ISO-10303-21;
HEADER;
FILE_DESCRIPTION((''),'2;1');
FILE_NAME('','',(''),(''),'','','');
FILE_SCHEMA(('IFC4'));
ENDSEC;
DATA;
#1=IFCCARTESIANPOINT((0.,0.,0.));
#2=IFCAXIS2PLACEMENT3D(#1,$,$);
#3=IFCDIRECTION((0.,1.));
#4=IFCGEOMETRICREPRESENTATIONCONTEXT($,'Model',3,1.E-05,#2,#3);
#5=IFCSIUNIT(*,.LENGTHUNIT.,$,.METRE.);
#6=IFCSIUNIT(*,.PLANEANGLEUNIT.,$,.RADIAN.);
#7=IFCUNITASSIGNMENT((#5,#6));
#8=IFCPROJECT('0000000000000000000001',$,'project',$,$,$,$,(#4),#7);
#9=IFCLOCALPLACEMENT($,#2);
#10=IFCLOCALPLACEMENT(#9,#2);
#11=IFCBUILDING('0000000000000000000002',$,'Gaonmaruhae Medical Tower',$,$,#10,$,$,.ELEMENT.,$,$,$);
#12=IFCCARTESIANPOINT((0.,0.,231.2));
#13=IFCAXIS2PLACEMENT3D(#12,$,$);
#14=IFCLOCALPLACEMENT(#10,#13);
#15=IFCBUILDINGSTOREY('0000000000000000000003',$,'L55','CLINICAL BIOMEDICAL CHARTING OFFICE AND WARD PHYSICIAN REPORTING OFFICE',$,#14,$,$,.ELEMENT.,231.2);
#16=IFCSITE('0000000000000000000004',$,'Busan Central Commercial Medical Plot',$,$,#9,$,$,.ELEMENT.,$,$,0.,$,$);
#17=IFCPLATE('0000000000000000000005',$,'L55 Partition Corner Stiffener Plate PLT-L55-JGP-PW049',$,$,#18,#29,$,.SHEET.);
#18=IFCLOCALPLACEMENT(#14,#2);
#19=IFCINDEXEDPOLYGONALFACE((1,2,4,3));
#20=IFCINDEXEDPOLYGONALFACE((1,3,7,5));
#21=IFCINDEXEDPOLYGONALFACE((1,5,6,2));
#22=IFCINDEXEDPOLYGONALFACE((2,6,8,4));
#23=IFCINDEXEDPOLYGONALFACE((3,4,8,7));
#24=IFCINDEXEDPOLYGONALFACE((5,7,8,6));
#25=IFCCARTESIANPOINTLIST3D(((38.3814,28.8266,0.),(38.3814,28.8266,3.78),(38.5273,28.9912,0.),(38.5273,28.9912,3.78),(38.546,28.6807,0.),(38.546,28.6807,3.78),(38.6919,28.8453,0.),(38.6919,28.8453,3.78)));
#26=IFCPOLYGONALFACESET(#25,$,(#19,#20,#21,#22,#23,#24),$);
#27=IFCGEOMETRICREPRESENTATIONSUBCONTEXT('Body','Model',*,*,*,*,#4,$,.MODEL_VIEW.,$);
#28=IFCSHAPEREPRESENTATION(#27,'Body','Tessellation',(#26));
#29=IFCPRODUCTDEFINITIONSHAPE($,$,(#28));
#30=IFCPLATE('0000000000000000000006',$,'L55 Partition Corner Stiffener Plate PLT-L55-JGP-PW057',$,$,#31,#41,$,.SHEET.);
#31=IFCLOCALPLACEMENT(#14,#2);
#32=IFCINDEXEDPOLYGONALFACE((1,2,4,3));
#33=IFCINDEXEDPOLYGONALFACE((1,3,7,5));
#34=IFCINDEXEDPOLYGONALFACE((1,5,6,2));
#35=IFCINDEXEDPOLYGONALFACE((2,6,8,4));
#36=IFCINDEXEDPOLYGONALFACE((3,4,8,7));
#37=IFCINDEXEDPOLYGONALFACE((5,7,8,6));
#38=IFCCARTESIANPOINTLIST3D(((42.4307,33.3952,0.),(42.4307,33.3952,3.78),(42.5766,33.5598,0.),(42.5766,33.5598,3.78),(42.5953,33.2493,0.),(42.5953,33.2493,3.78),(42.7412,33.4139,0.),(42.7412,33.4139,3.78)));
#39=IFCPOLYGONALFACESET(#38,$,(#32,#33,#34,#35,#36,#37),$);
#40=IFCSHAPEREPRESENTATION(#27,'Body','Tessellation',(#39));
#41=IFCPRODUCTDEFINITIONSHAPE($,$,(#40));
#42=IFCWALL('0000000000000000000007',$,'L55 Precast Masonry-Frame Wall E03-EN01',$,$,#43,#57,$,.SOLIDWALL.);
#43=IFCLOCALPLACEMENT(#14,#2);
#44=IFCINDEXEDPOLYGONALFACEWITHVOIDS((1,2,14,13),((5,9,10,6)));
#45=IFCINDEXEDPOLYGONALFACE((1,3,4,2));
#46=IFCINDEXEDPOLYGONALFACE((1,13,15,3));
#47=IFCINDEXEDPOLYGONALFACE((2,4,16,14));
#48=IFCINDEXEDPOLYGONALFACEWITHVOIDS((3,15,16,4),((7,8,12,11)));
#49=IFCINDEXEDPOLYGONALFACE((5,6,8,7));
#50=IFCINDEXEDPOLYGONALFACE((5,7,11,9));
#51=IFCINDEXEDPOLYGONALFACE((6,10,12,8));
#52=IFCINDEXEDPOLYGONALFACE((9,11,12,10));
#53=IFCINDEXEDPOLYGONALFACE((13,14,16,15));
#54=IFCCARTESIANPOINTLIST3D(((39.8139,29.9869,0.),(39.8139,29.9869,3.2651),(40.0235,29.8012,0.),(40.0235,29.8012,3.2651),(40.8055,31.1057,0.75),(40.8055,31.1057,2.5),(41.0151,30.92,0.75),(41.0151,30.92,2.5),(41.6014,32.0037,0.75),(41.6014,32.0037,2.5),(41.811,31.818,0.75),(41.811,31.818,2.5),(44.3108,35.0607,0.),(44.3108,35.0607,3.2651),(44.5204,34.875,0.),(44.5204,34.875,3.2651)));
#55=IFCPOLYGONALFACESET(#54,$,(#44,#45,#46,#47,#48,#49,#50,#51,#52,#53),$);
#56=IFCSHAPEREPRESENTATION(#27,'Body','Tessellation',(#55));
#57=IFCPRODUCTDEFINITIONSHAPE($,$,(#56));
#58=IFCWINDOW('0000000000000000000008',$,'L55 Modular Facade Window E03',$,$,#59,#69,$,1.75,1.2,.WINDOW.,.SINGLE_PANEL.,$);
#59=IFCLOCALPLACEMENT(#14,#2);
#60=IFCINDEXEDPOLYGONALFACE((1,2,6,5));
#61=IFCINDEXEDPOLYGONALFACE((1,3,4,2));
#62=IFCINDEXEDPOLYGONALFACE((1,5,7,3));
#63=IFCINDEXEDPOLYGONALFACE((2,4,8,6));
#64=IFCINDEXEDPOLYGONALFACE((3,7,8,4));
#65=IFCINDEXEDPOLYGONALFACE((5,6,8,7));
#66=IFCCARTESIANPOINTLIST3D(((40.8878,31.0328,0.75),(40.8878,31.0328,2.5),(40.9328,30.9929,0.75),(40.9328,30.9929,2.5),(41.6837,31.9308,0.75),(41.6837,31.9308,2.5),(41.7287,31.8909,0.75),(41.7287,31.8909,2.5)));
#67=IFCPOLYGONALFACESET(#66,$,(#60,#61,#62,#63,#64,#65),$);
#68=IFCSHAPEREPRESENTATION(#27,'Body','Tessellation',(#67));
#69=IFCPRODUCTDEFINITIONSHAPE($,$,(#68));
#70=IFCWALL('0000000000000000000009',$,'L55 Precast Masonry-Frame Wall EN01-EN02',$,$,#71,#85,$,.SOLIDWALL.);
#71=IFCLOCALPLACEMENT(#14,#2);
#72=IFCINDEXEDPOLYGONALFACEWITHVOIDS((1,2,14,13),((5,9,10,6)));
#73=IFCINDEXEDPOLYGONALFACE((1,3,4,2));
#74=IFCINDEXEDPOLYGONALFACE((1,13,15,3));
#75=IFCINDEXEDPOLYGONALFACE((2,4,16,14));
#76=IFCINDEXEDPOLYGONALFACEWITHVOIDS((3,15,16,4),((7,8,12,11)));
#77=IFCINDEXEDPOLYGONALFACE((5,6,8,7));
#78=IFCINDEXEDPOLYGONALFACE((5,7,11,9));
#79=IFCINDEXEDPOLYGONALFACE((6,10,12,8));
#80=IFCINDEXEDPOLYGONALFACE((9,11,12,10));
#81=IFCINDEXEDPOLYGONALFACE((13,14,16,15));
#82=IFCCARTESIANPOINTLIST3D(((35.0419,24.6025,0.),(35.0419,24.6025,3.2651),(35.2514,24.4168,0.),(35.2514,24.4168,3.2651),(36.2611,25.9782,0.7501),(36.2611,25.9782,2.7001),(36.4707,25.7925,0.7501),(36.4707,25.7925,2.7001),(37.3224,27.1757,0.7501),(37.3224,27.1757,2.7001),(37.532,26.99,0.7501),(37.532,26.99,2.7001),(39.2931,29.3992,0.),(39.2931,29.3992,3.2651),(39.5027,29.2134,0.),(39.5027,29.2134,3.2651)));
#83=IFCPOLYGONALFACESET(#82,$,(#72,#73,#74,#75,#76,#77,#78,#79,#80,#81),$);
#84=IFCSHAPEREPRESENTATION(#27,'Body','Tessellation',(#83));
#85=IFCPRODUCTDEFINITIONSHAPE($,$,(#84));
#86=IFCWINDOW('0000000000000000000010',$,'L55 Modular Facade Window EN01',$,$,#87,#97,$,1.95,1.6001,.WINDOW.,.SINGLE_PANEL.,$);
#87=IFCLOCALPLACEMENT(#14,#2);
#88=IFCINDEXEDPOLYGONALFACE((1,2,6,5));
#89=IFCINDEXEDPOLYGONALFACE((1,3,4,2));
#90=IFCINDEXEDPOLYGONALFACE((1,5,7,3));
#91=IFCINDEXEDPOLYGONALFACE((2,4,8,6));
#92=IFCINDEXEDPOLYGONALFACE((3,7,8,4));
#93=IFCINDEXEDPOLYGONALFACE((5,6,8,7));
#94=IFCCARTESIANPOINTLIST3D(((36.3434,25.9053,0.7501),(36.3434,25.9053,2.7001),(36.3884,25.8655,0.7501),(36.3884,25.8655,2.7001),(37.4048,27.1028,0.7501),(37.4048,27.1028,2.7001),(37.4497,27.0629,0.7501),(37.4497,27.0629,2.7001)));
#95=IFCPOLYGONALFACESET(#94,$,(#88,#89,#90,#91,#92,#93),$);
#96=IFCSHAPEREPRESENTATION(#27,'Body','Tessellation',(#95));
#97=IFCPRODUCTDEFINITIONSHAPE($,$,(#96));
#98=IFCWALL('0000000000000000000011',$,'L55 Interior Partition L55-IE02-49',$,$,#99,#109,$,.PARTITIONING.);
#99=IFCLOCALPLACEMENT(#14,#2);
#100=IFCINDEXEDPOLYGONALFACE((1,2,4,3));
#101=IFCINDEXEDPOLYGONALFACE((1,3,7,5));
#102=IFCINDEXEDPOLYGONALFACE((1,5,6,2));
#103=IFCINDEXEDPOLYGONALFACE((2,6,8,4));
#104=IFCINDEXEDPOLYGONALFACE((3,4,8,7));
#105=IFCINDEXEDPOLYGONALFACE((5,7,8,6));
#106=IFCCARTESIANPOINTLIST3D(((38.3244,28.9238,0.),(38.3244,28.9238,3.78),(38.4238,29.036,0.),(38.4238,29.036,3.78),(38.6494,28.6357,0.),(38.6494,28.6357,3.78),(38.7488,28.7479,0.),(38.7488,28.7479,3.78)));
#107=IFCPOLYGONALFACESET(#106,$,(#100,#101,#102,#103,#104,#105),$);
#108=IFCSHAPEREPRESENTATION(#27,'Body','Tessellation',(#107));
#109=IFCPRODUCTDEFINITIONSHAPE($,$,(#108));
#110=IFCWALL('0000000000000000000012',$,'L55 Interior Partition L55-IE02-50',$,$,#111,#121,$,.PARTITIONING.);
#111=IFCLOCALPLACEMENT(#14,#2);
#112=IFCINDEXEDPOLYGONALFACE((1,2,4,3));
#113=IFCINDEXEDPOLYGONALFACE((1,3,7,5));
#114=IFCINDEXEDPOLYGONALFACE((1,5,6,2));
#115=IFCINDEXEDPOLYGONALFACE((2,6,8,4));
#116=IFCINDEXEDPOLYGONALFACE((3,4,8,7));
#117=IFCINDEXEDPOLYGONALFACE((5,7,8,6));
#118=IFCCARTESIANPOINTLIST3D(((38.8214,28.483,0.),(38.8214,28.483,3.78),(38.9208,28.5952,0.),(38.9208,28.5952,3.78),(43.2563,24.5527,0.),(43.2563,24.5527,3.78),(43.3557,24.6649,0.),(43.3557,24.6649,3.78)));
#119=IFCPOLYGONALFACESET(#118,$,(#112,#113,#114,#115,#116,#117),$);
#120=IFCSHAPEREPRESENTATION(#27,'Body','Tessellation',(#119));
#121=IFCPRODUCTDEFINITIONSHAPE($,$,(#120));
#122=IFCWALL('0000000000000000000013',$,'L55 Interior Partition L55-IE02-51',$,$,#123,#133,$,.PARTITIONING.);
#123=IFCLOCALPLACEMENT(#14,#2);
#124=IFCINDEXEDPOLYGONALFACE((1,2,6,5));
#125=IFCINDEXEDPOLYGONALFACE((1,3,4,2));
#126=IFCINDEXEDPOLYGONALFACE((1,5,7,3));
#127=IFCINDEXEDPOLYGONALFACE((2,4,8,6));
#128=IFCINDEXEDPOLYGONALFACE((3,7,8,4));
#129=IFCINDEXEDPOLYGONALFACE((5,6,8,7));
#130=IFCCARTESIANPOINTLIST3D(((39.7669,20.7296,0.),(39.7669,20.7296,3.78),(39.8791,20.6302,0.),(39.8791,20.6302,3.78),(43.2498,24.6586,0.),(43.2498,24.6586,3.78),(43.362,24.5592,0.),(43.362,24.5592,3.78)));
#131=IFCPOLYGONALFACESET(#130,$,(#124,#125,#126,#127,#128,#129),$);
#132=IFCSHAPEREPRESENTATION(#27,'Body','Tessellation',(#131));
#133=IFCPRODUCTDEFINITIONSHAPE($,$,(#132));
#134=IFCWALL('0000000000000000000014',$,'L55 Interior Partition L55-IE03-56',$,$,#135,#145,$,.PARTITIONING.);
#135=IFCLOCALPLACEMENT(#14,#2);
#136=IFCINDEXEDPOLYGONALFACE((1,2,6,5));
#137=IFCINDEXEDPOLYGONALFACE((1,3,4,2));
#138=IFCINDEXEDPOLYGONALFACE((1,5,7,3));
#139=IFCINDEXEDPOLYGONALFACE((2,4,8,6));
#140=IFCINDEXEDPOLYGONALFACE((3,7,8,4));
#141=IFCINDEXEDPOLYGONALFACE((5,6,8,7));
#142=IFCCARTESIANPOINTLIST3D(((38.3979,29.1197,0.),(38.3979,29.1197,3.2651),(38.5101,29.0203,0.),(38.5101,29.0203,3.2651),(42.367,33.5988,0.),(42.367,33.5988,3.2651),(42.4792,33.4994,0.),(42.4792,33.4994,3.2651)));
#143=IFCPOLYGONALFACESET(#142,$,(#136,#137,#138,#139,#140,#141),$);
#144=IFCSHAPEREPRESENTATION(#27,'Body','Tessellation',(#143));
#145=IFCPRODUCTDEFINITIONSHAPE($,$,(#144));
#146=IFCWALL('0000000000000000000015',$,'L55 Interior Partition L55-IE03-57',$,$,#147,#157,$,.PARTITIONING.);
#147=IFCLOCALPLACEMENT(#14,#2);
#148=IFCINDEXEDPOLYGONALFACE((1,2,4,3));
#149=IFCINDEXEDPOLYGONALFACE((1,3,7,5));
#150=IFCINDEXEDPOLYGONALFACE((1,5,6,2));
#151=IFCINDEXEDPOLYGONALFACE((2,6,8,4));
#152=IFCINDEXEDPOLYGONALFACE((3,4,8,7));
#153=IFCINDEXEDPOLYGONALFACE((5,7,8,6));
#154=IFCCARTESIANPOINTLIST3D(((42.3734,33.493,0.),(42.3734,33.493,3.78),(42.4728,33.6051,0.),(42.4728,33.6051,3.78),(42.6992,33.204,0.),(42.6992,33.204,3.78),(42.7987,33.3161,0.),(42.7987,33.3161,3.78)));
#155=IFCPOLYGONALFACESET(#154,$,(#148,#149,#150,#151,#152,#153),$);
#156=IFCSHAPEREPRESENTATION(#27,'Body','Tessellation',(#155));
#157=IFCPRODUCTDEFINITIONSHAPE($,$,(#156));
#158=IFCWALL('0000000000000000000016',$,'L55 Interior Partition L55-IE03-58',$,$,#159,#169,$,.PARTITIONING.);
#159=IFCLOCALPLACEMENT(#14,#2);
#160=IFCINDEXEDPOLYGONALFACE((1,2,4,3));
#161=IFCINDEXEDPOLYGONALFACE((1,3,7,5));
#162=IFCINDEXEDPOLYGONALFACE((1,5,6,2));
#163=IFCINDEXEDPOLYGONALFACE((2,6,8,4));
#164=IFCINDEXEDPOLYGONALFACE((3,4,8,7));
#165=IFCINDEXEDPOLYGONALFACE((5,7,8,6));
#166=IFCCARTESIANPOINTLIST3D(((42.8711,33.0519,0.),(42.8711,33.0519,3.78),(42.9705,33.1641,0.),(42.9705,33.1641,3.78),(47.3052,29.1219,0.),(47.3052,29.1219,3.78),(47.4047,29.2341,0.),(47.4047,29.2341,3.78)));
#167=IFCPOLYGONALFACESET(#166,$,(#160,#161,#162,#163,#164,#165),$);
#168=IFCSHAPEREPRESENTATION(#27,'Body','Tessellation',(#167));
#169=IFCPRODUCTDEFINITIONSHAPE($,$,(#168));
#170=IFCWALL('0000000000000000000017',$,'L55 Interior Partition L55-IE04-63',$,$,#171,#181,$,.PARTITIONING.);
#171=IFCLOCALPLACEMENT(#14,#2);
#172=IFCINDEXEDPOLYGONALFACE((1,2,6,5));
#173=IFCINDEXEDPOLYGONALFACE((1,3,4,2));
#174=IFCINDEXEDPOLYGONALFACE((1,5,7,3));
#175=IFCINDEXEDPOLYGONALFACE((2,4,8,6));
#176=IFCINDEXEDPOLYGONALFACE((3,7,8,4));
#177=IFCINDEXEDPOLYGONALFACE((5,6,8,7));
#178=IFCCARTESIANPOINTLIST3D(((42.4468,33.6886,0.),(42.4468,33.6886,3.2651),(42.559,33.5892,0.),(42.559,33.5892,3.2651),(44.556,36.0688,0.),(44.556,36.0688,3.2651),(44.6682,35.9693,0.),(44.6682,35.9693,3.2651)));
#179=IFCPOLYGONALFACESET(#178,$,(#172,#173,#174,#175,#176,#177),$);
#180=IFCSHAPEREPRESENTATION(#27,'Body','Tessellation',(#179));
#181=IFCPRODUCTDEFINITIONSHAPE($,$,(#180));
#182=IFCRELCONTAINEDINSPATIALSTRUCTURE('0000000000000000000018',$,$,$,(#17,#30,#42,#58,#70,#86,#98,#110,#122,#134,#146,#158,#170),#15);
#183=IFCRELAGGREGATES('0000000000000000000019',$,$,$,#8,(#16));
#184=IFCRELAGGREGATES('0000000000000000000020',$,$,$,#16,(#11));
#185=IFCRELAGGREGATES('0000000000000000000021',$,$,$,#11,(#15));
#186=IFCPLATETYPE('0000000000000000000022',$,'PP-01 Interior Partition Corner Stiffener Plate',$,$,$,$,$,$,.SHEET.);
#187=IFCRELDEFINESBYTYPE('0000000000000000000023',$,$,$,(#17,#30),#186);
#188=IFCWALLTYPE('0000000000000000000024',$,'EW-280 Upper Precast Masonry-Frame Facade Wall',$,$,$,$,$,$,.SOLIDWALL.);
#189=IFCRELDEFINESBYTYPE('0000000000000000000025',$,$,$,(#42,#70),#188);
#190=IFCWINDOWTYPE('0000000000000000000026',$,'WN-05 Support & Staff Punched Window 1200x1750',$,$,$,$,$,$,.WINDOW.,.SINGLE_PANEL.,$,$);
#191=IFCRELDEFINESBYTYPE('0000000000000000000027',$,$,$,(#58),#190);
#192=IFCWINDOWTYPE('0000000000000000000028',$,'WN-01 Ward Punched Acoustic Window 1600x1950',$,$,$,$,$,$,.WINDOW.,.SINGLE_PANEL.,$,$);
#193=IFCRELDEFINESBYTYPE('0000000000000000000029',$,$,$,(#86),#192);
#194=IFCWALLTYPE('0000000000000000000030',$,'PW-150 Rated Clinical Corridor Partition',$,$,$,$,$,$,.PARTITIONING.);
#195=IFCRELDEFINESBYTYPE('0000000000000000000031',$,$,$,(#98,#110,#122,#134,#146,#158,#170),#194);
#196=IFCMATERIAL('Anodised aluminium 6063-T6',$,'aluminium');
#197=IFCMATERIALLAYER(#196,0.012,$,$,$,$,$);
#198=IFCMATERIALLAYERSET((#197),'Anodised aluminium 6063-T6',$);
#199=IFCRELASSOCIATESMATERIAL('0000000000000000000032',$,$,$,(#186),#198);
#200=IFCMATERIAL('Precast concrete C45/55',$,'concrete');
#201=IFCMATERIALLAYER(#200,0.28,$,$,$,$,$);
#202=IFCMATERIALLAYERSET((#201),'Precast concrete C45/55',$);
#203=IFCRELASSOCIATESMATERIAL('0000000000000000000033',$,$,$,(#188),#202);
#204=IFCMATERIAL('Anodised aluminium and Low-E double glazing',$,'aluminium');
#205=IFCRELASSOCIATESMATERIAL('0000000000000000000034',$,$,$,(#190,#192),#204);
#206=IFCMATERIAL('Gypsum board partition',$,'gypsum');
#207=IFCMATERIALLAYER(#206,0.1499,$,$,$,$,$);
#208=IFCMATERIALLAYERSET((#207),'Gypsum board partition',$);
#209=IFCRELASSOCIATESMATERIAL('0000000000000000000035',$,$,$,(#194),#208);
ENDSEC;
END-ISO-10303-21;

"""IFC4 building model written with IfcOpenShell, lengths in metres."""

from ifc_helpers import new_model, si_unit, direction, frame, frame_2d, origin, origin_2d, place, context, subcontext, project, spatial, rectangle, extrude, material, layer, layer_set, type_object, element, fill, save


model = new_model("IFC4")

# Units and contexts
model_context = context("Model", 3, precision=1e-05, world=origin(), true_north=direction((0.0, 1.0)))
body_context = subcontext(model_context, "Body", "Model", "MODEL_VIEW")
ifc_project = project(units=[si_unit("LENGTHUNIT", "METRE"), si_unit("PLANEANGLEUNIT", "RADIAN")], contexts=[model_context])

# Site, building, storey
site_placement = place(None, origin())
site = spatial("IfcSite", under=ifc_project, at=site_placement, Name="Busan Central Commercial Medical Plot", CompositionType="ELEMENT", RefElevation=0.0)
building_placement = place(site_placement, origin())
building = spatial("IfcBuilding", under=site, at=building_placement, Name="Gaonmaruhae Medical Tower", CompositionType="ELEMENT")
storey_placement = place(building_placement, frame((0.0, 0.0, 231.2)))
storey = spatial("IfcBuildingStorey", under=building, at=storey_placement, Name="L55", Description="CLINICAL BIOMEDICAL CHARTING OFFICE AND WARD PHYSICIAN REPORTING OFFICE", CompositionType="ELEMENT", Elevation=231.2)

# Plates
ifc_material_1 = material(Name="Anodised aluminium 6063-T6", Category="aluminium")
ifc_layer_1 = layer(ifc_material_1, 0.012)
ifc_layer_set_1 = layer_set([ifc_layer_1], Name="Anodised aluminium 6063-T6")
plate_type = type_object("IfcPlateType", Name="PP-01 Interior Partition Corner Stiffener Plate", PredefinedType="SHEET", material=ifc_layer_set_1)
for number, where, z_axis, x_axis, name in (
    (1, (38.5366, 28.8359, 0.0), (0.0, 0.0, 1.0), (0.748423, -0.663221, 0.0), "L55 Partition Corner Stiffener Plate PLT-L55-JGP-PW049"),
    (2, (42.5859, 33.4045, 0.0), (0.0, 0.0, 1.0), (0.748296, -0.663365, 0.0), "L55 Partition Corner Stiffener Plate PLT-L55-JGP-PW057"),
):
    element("IfcPlate", number, at=place(storey_placement, frame(where, z_axis=z_axis, x_axis=x_axis)), inside=storey, type_object=plate_type, Name=name, PredefinedType="SHEET", context=body_context, shape_type="SweptSolid", body=[
        extrude(rectangle(XDim=0.22, YDim=0.22, at=origin_2d()), origin(), (0.0, 0.0, 1.0), 3.78),
    ])

# Walls, openings, windows
ifc_material_2 = material(Name="Precast concrete C45/55", Category="concrete")
ifc_layer_2 = layer(ifc_material_2, 0.28)
ifc_layer_set_2 = layer_set([ifc_layer_2], Name="Precast concrete C45/55")
wall_type_1 = type_object("IfcWallType", Name="EW-280 Upper Precast Masonry-Frame Facade Wall", PredefinedType="SOLIDWALL", material=ifc_layer_set_2)
wall_1_placement = place(storey_placement, frame((39.9187, 29.894, 0.0), z_axis=(0.0, 0.0, 1.0), x_axis=(0.663279, 0.748372, 0.0)))
wall_1 = element("IfcWall", 3, at=wall_1_placement, inside=storey, type_object=wall_type_1, Name="L55 Precast Masonry-Frame Wall E03-EN01", PredefinedType="SOLIDWALL", context=body_context, shape_type="SweptSolid", body=[
    extrude(rectangle(XDim=6.7798, YDim=0.28, at=frame_2d((3.3899, 0.0))), origin(), (0.0, 0.0, 1.0), 3.2651),
])
opening_1_placement = place(wall_1_placement, frame((1.4949, 0.0, 0.75)))
opening_1 = element("IfcOpeningElement", 4, at=opening_1_placement, cuts=wall_1, PredefinedType="OPENING", context=body_context, shape_type="SweptSolid", body=[
    extrude(rectangle(XDim=1.2, YDim=1.75, at=frame_2d((0.6001, 0.875))), frame((0.0, 0.1499, 0.0), z_axis=(0.0, -1.0, 0.0), x_axis=(1.0, 0.0, 0.0)), (0.0, 0.0, 1.0), 0.3),
])
ifc_material_3 = material(Name="Anodised aluminium and Low-E double glazing", Category="aluminium")
window_type_1 = type_object("IfcWindowType", Name="WN-05 Support & Staff Punched Window 1200x1750", PartitioningType="SINGLE_PANEL", PredefinedType="WINDOW", material=ifc_material_3)
window_1_placement = place(opening_1_placement, origin())
window_1 = element("IfcWindow", 5, at=window_1_placement, inside=storey, type_object=window_type_1, Name="L55 Modular Facade Window E03", OverallHeight=1.75, OverallWidth=1.2, PartitioningType="SINGLE_PANEL", PredefinedType="WINDOW", context=body_context, shape_type="SweptSolid", body=[
    extrude(rectangle(XDim=1.2, YDim=1.75, at=frame_2d((0.6001, 0.875))), frame((0.0, 0.03, 0.0), z_axis=(0.0, -1.0, 0.0), x_axis=(1.0, 0.0, 0.0)), (0.0, 0.0, 1.0), 0.0601),
])
fill(opening_1, window_1)
wall_2_placement = place(storey_placement, frame((35.1467, 24.5098, 0.0), z_axis=(0.0, 0.0, 1.0), x_axis=(0.663278, 0.748373, 0.0)))
wall_2 = element("IfcWall", 6, at=wall_2_placement, inside=storey, type_object=wall_type_1, Name="L55 Precast Masonry-Frame Wall EN01-EN02", PredefinedType="SOLIDWALL", context=body_context, shape_type="SweptSolid", body=[
    extrude(rectangle(XDim=6.4094, YDim=0.28, at=frame_2d((3.2046, 0.0))), origin(), (0.0, 0.0, 1.0), 3.2651),
])
opening_2_placement = place(wall_2_placement, frame((1.8381, 0.0, 0.75)))
opening_2 = element("IfcOpeningElement", 7, at=opening_2_placement, cuts=wall_2, PredefinedType="OPENING", context=body_context, shape_type="SweptSolid", body=[
    extrude(rectangle(XDim=1.6001, YDim=1.95, at=frame_2d((0.8, 0.9751))), frame((0.0, 0.1499, 0.0), z_axis=(0.0, -1.0, 0.0), x_axis=(1.0, 0.0, 0.0)), (0.0, 0.0, 1.0), 0.3),
])
window_type_2 = type_object("IfcWindowType", Name="WN-01 Ward Punched Acoustic Window 1600x1950", PartitioningType="SINGLE_PANEL", PredefinedType="WINDOW", material=ifc_material_3)
window_2_placement = place(opening_2_placement, origin())
window_2 = element("IfcWindow", 8, at=window_2_placement, inside=storey, type_object=window_type_2, Name="L55 Modular Facade Window EN01", OverallHeight=1.95, OverallWidth=1.6001, PartitioningType="SINGLE_PANEL", PredefinedType="WINDOW", context=body_context, shape_type="SweptSolid", body=[
    extrude(rectangle(XDim=1.6001, YDim=1.95, at=frame_2d((0.8, 0.9751))), frame((0.0, 0.03, 0.0), z_axis=(0.0, -1.0, 0.0), x_axis=(1.0, 0.0, 0.0)), (0.0, 0.0, 1.0), 0.0601),
])
fill(opening_2, window_2)

# Walls
ifc_material_4 = material(Name="Gypsum board partition", Category="gypsum")
ifc_layer_3 = layer(ifc_material_4, 0.1499)
ifc_layer_set_3 = layer_set([ifc_layer_3], Name="Gypsum board partition")
wall_type_2 = type_object("IfcWallType", Name="PW-150 Rated Clinical Corridor Partition", PredefinedType="PARTITIONING", material=ifc_layer_set_3)
wall_3_placement = place(storey_placement, frame((38.374, 28.98, 0.0), z_axis=(0.0, 0.0, 1.0), x_axis=(0.748277, -0.663386, 0.0)))
element("IfcWall", 9, at=wall_3_placement, inside=storey, type_object=wall_type_2, Name="L55 Interior Partition L55-IE02-49", PredefinedType="PARTITIONING", context=body_context, shape_type="SweptSolid", body=[
    extrude(rectangle(XDim=0.4343, YDim=0.1499, at=frame_2d((0.2173, 0.0))), origin(), (0.0, 0.0, 1.0), 3.78),
])
wall_4_placement = place(storey_placement, frame((38.8711, 28.5391, 0.0), z_axis=(0.0, 0.0, 1.0), x_axis=(0.748404, -0.663243, 0.0)))
element("IfcWall", 10, at=wall_4_placement, inside=storey, type_object=wall_type_2, Name="L55 Interior Partition L55-IE02-50", PredefinedType="PARTITIONING", context=body_context, shape_type="SweptSolid", body=[
    extrude(rectangle(XDim=5.9258, YDim=0.1499, at=frame_2d((2.9629, 0.0))), origin(), (0.0, 0.0, 1.0), 3.78),
])
wall_5_placement = place(storey_placement, frame((43.3059, 24.6089, 0.0), z_axis=(0.0, 0.0, 1.0), x_axis=(-0.663353, -0.748307, 0.0)))
element("IfcWall", 11, at=wall_5_placement, inside=storey, type_object=wall_type_2, Name="L55 Interior Partition L55-IE02-51", PredefinedType="PARTITIONING", context=body_context, shape_type="SweptSolid", body=[
    extrude(rectangle(XDim=5.2505, YDim=0.1499, at=frame_2d((2.6252, 0.0))), origin(), (0.0, 0.0, 1.0), 3.78),
])
wall_6_placement = place(storey_placement, frame((38.4541, 29.0701, 0.0), z_axis=(0.0, 0.0, 1.0), x_axis=(0.663211, 0.748433, 0.0)))
element("IfcWall", 12, at=wall_6_placement, inside=storey, type_object=wall_type_2, Name="L55 Interior Partition L55-IE03-56", PredefinedType="PARTITIONING", context=body_context, shape_type="SweptSolid", body=[
    extrude(rectangle(XDim=5.9846, YDim=0.1499, at=frame_2d((2.9922, 0.0))), origin(), (0.0, 0.0, 1.0), 3.2651),
])
wall_7_placement = place(storey_placement, frame((42.4231, 33.5491, 0.0), z_axis=(0.0, 0.0, 1.0), x_axis=(0.748151, -0.663529, 0.0)))
element("IfcWall", 13, at=wall_7_placement, inside=storey, type_object=wall_type_2, Name="L55 Interior Partition L55-IE03-57", PredefinedType="PARTITIONING", context=body_context, shape_type="SweptSolid", body=[
    extrude(rectangle(XDim=0.4355, YDim=0.1499, at=frame_2d((0.2178, 0.0))), origin(), (0.0, 0.0, 1.0), 3.78),
])
wall_8_placement = place(storey_placement, frame((42.9209, 33.1079, 0.0), z_axis=(0.0, 0.0, 1.0), x_axis=(0.74837, -0.663281, 0.0)))
element("IfcWall", 14, at=wall_8_placement, inside=storey, type_object=wall_type_2, Name="L55 Interior Partition L55-IE03-58", PredefinedType="PARTITIONING", context=body_context, shape_type="SweptSolid", body=[
    extrude(rectangle(XDim=5.925, YDim=0.1499, at=frame_2d((2.9624, 0.0))), origin(), (0.0, 0.0, 1.0), 3.78),
])
wall_9_placement = place(storey_placement, frame((42.5029, 33.6389, 0.0), z_axis=(0.0, 0.0, 1.0), x_axis=(0.663215, 0.748429, 0.0)))
element("IfcWall", 15, at=wall_9_placement, inside=storey, type_object=wall_type_2, Name="L55 Interior Partition L55-IE04-63", PredefinedType="PARTITIONING", context=body_context, shape_type="SweptSolid", body=[
    extrude(rectangle(XDim=3.1802, YDim=0.1499, at=frame_2d((1.5901, 0.0))), origin(), (0.0, 0.0, 1.0), 3.2651),
])

save(model, "model.ifc")
